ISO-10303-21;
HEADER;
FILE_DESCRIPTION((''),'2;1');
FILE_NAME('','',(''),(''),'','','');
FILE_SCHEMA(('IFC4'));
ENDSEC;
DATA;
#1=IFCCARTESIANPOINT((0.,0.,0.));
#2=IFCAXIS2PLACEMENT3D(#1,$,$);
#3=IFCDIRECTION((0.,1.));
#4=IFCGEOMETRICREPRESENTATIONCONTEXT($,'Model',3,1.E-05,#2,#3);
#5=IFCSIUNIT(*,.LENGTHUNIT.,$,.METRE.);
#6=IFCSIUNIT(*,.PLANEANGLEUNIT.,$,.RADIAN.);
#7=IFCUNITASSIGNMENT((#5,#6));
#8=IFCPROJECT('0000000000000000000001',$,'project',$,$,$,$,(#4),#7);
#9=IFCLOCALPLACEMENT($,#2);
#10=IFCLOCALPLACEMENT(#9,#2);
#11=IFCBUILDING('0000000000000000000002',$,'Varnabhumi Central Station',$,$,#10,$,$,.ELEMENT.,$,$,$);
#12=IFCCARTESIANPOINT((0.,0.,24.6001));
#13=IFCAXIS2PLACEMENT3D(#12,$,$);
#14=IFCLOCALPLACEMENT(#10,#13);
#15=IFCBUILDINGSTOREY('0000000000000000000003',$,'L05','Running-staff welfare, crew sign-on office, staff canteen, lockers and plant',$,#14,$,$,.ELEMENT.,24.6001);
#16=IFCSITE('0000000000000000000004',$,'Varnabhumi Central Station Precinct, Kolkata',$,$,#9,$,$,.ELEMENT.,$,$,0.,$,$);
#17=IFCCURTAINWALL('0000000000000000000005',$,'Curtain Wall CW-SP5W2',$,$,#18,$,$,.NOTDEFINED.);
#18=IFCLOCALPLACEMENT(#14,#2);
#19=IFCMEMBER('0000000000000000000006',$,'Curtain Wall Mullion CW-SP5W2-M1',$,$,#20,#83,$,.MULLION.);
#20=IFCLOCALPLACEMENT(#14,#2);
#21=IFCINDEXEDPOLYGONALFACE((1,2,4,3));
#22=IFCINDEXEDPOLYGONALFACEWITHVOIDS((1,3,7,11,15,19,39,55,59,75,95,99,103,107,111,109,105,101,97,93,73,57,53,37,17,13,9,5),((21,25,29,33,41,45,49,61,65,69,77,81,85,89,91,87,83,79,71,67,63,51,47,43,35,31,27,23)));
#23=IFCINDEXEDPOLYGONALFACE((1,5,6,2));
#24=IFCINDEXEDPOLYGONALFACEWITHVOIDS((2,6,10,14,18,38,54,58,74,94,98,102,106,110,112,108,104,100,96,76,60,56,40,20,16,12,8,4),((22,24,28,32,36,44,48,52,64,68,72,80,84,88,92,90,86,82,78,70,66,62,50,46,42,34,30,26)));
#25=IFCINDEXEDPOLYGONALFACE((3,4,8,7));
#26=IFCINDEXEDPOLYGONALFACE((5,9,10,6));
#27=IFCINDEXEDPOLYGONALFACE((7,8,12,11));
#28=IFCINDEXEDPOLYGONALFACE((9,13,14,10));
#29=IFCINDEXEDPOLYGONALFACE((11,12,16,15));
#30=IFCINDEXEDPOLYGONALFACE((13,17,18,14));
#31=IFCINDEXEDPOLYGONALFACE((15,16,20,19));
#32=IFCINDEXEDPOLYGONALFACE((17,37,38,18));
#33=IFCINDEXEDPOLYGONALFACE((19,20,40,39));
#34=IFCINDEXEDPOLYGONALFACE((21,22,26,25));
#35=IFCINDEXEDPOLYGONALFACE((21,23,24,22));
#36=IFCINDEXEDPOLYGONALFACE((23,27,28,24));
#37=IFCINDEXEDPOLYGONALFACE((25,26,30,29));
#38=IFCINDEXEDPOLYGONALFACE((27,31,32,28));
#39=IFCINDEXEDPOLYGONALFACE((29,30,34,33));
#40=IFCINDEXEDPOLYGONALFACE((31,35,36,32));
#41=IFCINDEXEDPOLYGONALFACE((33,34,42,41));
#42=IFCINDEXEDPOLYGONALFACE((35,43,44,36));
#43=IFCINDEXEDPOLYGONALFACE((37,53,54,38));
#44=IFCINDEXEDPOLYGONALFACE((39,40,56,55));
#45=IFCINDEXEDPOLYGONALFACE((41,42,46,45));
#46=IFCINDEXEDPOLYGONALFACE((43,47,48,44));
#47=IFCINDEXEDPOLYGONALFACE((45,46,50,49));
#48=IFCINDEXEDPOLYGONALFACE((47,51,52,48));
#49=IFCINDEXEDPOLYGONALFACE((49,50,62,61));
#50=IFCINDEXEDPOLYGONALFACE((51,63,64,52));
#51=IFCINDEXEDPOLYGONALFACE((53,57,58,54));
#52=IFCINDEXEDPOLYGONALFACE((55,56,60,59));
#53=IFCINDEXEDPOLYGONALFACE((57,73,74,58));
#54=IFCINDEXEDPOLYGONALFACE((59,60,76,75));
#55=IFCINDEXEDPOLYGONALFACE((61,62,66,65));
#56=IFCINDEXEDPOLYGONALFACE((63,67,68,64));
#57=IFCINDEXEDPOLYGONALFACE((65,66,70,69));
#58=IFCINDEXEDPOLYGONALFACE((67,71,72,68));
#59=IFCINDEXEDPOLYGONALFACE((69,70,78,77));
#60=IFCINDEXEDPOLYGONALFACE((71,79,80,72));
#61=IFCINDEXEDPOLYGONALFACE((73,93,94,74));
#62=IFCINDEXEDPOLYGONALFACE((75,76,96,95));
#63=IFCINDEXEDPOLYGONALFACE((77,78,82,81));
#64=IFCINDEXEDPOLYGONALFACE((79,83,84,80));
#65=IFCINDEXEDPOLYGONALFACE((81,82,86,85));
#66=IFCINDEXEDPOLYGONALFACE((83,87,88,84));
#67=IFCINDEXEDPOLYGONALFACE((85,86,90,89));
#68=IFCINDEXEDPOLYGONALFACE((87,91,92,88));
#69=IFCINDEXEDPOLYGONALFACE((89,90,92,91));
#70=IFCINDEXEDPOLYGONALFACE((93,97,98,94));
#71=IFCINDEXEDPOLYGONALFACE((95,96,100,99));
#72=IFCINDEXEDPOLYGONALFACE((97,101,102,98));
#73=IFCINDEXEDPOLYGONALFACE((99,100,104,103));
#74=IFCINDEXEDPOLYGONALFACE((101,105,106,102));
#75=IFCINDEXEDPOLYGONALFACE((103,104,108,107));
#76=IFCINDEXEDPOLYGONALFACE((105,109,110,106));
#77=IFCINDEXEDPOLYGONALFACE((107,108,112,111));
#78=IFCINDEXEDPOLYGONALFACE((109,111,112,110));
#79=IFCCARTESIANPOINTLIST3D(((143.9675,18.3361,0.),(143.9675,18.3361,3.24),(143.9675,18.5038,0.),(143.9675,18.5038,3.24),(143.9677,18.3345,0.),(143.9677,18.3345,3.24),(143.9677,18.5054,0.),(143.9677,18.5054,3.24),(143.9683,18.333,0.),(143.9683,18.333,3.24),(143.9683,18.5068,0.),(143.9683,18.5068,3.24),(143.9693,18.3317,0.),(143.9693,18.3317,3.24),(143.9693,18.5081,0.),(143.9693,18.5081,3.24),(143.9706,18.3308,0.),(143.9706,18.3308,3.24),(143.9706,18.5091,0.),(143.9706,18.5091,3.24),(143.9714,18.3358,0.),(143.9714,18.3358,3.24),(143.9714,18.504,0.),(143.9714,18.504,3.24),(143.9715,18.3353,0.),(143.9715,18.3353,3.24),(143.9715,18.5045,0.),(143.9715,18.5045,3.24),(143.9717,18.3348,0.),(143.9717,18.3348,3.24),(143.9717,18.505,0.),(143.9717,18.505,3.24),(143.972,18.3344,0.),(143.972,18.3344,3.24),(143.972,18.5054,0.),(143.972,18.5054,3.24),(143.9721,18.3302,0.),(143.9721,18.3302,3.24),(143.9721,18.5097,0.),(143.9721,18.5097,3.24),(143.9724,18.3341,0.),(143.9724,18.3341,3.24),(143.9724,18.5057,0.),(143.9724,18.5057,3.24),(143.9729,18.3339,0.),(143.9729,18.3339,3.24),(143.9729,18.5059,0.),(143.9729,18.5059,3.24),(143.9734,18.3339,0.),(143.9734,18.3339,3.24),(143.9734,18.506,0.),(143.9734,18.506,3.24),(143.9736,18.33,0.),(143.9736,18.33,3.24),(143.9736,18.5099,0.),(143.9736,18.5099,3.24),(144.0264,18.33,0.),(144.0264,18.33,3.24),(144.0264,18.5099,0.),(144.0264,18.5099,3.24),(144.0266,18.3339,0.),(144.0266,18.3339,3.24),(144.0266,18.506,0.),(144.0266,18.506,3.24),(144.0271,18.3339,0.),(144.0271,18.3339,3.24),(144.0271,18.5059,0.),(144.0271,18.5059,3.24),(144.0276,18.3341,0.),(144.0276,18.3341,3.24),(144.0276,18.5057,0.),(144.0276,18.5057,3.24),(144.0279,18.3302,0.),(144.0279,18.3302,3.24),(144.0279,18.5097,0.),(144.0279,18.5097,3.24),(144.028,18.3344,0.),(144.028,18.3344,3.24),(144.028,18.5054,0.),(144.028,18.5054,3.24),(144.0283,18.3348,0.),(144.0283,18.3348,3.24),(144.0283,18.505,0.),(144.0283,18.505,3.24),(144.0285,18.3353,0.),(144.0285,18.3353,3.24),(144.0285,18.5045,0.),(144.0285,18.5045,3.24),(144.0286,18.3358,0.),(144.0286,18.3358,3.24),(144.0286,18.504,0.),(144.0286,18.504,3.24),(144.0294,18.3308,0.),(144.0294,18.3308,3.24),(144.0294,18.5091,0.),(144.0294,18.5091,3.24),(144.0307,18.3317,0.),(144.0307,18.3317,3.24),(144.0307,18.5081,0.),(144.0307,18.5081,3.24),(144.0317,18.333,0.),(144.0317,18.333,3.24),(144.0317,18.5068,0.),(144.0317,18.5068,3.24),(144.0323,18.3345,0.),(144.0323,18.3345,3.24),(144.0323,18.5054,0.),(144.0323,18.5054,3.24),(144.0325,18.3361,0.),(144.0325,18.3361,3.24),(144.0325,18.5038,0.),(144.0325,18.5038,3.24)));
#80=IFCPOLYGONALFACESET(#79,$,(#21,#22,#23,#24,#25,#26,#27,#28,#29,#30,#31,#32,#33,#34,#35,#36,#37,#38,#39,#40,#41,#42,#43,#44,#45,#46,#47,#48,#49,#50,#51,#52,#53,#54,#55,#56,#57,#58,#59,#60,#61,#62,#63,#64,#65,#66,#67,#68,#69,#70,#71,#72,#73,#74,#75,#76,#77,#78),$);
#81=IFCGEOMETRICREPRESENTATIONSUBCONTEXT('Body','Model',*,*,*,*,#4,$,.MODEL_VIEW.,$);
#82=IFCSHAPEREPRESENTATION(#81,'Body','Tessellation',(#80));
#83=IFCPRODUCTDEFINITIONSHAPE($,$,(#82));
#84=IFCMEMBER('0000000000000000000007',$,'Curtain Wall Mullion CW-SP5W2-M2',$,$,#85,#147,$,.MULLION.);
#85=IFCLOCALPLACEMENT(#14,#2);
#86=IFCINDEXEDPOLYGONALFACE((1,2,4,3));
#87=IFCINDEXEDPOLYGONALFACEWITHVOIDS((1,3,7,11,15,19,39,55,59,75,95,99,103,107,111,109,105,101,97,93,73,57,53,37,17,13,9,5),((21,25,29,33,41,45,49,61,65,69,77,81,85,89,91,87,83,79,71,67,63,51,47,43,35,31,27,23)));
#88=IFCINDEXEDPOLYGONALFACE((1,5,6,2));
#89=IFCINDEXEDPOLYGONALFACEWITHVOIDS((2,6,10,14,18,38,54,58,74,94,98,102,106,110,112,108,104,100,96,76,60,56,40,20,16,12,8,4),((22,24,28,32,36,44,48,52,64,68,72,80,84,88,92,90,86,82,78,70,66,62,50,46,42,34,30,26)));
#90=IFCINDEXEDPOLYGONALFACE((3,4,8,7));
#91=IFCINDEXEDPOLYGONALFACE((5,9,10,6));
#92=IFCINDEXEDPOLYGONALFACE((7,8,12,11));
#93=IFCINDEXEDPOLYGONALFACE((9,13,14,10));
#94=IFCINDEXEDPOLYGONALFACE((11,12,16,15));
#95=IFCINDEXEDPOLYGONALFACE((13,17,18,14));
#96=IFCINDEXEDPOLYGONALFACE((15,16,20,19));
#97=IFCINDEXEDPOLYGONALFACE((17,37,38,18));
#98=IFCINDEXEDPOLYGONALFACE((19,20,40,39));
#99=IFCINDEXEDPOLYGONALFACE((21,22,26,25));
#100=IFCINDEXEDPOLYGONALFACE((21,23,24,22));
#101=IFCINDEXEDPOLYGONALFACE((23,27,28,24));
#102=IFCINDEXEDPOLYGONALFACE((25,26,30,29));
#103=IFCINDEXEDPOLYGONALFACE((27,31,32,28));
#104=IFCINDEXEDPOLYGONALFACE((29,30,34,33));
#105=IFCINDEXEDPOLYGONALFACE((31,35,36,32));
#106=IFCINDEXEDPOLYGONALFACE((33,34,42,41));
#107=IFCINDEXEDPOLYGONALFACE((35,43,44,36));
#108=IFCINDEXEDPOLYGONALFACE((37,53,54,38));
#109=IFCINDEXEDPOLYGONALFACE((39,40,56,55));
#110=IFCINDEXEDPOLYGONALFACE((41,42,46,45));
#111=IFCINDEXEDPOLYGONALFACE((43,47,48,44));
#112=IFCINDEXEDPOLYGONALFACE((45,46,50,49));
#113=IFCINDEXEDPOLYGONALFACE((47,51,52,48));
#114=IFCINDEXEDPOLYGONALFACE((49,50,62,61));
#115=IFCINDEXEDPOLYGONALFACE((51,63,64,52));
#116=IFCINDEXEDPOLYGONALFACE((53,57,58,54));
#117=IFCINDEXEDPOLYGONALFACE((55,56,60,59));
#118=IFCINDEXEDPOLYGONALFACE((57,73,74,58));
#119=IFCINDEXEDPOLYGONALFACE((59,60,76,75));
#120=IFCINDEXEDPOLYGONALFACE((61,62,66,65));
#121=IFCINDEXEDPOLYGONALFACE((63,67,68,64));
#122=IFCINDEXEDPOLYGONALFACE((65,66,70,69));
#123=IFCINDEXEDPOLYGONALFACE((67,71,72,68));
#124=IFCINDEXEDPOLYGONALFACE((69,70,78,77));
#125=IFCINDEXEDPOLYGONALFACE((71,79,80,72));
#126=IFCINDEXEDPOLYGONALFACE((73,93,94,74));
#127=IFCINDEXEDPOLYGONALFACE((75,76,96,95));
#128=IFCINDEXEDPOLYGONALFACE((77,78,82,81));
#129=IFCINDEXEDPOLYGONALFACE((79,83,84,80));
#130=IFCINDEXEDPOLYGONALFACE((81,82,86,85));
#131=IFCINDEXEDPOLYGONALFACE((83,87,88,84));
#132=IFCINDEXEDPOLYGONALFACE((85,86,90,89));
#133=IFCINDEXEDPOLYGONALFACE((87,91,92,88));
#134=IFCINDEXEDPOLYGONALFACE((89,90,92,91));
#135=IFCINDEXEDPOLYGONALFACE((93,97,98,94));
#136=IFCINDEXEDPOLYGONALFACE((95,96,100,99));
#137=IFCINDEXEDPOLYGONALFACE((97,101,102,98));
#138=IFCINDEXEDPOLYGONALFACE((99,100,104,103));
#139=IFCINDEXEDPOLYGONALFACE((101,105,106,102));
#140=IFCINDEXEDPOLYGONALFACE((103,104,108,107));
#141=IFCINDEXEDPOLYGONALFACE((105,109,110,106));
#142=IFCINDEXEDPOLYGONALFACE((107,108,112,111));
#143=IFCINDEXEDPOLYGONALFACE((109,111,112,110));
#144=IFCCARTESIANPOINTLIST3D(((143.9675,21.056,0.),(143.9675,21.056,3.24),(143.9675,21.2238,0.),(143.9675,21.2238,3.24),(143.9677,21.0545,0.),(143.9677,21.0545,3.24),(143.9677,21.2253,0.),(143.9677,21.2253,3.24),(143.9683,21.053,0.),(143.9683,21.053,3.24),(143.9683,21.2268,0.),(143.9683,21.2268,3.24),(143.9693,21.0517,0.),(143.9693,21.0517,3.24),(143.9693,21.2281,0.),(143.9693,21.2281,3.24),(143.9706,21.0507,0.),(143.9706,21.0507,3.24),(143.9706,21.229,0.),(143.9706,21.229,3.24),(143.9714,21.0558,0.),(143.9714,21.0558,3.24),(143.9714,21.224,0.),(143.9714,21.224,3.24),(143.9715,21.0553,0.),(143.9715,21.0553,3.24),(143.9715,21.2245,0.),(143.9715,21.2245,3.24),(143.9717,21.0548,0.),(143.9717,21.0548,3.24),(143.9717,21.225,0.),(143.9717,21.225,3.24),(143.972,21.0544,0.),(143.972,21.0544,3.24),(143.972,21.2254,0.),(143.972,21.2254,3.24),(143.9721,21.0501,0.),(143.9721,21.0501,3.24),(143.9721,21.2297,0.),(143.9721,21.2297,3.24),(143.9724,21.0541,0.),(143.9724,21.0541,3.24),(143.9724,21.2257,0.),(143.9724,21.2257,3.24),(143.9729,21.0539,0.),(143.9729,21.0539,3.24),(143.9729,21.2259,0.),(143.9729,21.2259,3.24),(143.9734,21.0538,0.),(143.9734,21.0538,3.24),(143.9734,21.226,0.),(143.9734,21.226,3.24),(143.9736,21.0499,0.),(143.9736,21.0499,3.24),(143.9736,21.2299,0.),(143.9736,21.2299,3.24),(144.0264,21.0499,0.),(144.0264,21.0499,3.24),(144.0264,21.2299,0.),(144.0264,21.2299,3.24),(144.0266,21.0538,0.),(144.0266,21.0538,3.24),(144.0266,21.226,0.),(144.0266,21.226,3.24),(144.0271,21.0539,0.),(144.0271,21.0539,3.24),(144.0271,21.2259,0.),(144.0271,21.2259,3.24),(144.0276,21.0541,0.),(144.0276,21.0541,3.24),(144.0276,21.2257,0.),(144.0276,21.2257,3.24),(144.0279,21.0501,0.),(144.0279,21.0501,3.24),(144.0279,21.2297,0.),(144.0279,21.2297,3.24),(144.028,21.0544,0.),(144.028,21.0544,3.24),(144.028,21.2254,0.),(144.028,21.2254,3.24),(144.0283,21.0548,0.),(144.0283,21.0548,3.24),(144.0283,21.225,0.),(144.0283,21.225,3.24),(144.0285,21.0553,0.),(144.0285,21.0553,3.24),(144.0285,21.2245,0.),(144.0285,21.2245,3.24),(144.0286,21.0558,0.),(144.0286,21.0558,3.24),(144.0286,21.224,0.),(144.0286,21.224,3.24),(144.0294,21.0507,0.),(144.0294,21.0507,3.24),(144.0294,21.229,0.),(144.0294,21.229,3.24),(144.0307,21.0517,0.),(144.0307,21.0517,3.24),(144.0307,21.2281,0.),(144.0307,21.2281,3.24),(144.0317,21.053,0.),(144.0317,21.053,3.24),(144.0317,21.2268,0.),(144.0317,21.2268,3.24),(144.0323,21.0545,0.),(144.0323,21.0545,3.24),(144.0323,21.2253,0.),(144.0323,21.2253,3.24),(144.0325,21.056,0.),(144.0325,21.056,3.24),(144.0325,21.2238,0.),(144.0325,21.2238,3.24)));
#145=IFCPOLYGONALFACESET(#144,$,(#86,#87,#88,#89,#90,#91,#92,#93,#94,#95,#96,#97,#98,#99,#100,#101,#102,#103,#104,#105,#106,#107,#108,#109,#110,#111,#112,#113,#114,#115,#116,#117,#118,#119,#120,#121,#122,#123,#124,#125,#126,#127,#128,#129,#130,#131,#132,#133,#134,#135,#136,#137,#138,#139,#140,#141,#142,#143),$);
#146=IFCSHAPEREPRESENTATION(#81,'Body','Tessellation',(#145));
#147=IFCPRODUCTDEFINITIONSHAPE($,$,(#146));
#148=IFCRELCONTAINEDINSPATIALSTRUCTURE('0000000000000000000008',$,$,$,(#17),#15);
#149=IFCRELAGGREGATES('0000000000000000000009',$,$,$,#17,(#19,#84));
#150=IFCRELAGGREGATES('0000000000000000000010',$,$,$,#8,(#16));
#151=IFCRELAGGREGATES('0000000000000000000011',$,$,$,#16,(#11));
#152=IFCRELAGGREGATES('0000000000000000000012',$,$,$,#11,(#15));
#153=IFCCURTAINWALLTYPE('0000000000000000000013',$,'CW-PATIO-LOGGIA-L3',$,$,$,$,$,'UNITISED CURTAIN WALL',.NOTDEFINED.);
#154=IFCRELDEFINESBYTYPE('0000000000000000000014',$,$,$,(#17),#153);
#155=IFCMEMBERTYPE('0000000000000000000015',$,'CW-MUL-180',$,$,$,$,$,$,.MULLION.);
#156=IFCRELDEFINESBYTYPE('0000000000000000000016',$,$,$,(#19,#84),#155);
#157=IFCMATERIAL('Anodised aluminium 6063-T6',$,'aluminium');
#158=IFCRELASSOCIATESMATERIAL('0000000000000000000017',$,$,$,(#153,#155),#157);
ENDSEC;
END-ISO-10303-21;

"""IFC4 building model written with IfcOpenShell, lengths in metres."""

from ifc_helpers import new_model, si_unit, direction, frame, origin, origin_2d, place, context, subcontext, project, spatial, hollow_rectangle, extrude, material, material_profile, profile_set, type_object, element, aggregate, save


model = new_model("IFC4")

# Units and contexts
model_context = context("Model", 3, precision=1e-05, world=origin(), true_north=direction((0.0, 1.0)))
body_context = subcontext(model_context, "Body", "Model", "MODEL_VIEW")
ifc_project = project(units=[si_unit("LENGTHUNIT", "METRE"), si_unit("PLANEANGLEUNIT", "RADIAN")], contexts=[model_context])

# Site, building, storey
site_placement = place(None, origin())
site = spatial("IfcSite", under=ifc_project, at=site_placement, Name="Varnabhumi Central Station Precinct, Kolkata", CompositionType="ELEMENT", RefElevation=0.0)
building_placement = place(site_placement, origin())
building = spatial("IfcBuilding", under=site, at=building_placement, Name="Varnabhumi Central Station", CompositionType="ELEMENT")
storey_placement = place(building_placement, frame((0.0, 0.0, 24.6001)))
storey = spatial("IfcBuildingStorey", under=building, at=storey_placement, Name="L05", Description="Running-staff welfare, crew sign-on office, staff canteen, lockers and plant", CompositionType="ELEMENT", Elevation=24.6001)

# Curtain wall, members
ifc_material_1 = material(Name="Anodised aluminium 6063-T6", Category="aluminium")
curtain_wall_type = type_object("IfcCurtainWallType", Name="CW-PATIO-LOGGIA-L3", ElementType="UNITISED CURTAIN WALL", PredefinedType="NOTDEFINED", material=ifc_material_1)
ifc_material_profile_1 = material_profile(ifc_material_1, hollow_rectangle(XDim=0.0649, YDim=0.1799, WallThickness=0.0039, InnerFilletRadius=0.002, OuterFilletRadius=0.0061, at=origin_2d()), Name="Anodised aluminium 6063-T6", Category="aluminium")
ifc_profile_set_1 = profile_set([ifc_material_profile_1], Name="Anodised aluminium 6063-T6")
member_type_1 = type_object("IfcMemberType", Name="CW-MUL-180", PredefinedType="MULLION", material=ifc_profile_set_1)
curtain_wall_1_placement = place(storey_placement, origin())
curtain_wall_1 = element("IfcCurtainWall", 1, at=curtain_wall_1_placement, inside=storey, type_object=curtain_wall_type, Name="Curtain Wall CW-SP5W2", PredefinedType="NOTDEFINED")
member_1_placement = place(storey_placement, frame((144.0, 18.4199, 0.0), z_axis=(0.0, 0.0, 1.0), x_axis=(1.0, 0.0, 0.0)))
member_1 = element("IfcMember", 2, at=member_1_placement, type_object=member_type_1, Name="Curtain Wall Mullion CW-SP5W2-M1", PredefinedType="MULLION", context=body_context, shape_type="SweptSolid", body=[
    extrude(hollow_rectangle(XDim=0.0649, YDim=0.1799, WallThickness=0.0039, InnerFilletRadius=0.002, OuterFilletRadius=0.0061, at=origin_2d()), origin(), (0.0, 0.0, 1.0), 3.24),
])
member_2_placement = place(storey_placement, frame((144.0, 21.1399, 0.0), z_axis=(0.0, 0.0, 1.0), x_axis=(1.0, 0.0, 0.0)))
member_2 = element("IfcMember", 3, at=member_2_placement, type_object=member_type_1, Name="Curtain Wall Mullion CW-SP5W2-M2", PredefinedType="MULLION", context=body_context, shape_type="SweptSolid", body=[
    extrude(hollow_rectangle(XDim=0.0649, YDim=0.1799, WallThickness=0.0039, InnerFilletRadius=0.002, OuterFilletRadius=0.0061, at=origin_2d()), origin(), (0.0, 0.0, 1.0), 3.24),
])

aggregate(curtain_wall_1, [member_1, member_2])

save(model, "model.ifc")
